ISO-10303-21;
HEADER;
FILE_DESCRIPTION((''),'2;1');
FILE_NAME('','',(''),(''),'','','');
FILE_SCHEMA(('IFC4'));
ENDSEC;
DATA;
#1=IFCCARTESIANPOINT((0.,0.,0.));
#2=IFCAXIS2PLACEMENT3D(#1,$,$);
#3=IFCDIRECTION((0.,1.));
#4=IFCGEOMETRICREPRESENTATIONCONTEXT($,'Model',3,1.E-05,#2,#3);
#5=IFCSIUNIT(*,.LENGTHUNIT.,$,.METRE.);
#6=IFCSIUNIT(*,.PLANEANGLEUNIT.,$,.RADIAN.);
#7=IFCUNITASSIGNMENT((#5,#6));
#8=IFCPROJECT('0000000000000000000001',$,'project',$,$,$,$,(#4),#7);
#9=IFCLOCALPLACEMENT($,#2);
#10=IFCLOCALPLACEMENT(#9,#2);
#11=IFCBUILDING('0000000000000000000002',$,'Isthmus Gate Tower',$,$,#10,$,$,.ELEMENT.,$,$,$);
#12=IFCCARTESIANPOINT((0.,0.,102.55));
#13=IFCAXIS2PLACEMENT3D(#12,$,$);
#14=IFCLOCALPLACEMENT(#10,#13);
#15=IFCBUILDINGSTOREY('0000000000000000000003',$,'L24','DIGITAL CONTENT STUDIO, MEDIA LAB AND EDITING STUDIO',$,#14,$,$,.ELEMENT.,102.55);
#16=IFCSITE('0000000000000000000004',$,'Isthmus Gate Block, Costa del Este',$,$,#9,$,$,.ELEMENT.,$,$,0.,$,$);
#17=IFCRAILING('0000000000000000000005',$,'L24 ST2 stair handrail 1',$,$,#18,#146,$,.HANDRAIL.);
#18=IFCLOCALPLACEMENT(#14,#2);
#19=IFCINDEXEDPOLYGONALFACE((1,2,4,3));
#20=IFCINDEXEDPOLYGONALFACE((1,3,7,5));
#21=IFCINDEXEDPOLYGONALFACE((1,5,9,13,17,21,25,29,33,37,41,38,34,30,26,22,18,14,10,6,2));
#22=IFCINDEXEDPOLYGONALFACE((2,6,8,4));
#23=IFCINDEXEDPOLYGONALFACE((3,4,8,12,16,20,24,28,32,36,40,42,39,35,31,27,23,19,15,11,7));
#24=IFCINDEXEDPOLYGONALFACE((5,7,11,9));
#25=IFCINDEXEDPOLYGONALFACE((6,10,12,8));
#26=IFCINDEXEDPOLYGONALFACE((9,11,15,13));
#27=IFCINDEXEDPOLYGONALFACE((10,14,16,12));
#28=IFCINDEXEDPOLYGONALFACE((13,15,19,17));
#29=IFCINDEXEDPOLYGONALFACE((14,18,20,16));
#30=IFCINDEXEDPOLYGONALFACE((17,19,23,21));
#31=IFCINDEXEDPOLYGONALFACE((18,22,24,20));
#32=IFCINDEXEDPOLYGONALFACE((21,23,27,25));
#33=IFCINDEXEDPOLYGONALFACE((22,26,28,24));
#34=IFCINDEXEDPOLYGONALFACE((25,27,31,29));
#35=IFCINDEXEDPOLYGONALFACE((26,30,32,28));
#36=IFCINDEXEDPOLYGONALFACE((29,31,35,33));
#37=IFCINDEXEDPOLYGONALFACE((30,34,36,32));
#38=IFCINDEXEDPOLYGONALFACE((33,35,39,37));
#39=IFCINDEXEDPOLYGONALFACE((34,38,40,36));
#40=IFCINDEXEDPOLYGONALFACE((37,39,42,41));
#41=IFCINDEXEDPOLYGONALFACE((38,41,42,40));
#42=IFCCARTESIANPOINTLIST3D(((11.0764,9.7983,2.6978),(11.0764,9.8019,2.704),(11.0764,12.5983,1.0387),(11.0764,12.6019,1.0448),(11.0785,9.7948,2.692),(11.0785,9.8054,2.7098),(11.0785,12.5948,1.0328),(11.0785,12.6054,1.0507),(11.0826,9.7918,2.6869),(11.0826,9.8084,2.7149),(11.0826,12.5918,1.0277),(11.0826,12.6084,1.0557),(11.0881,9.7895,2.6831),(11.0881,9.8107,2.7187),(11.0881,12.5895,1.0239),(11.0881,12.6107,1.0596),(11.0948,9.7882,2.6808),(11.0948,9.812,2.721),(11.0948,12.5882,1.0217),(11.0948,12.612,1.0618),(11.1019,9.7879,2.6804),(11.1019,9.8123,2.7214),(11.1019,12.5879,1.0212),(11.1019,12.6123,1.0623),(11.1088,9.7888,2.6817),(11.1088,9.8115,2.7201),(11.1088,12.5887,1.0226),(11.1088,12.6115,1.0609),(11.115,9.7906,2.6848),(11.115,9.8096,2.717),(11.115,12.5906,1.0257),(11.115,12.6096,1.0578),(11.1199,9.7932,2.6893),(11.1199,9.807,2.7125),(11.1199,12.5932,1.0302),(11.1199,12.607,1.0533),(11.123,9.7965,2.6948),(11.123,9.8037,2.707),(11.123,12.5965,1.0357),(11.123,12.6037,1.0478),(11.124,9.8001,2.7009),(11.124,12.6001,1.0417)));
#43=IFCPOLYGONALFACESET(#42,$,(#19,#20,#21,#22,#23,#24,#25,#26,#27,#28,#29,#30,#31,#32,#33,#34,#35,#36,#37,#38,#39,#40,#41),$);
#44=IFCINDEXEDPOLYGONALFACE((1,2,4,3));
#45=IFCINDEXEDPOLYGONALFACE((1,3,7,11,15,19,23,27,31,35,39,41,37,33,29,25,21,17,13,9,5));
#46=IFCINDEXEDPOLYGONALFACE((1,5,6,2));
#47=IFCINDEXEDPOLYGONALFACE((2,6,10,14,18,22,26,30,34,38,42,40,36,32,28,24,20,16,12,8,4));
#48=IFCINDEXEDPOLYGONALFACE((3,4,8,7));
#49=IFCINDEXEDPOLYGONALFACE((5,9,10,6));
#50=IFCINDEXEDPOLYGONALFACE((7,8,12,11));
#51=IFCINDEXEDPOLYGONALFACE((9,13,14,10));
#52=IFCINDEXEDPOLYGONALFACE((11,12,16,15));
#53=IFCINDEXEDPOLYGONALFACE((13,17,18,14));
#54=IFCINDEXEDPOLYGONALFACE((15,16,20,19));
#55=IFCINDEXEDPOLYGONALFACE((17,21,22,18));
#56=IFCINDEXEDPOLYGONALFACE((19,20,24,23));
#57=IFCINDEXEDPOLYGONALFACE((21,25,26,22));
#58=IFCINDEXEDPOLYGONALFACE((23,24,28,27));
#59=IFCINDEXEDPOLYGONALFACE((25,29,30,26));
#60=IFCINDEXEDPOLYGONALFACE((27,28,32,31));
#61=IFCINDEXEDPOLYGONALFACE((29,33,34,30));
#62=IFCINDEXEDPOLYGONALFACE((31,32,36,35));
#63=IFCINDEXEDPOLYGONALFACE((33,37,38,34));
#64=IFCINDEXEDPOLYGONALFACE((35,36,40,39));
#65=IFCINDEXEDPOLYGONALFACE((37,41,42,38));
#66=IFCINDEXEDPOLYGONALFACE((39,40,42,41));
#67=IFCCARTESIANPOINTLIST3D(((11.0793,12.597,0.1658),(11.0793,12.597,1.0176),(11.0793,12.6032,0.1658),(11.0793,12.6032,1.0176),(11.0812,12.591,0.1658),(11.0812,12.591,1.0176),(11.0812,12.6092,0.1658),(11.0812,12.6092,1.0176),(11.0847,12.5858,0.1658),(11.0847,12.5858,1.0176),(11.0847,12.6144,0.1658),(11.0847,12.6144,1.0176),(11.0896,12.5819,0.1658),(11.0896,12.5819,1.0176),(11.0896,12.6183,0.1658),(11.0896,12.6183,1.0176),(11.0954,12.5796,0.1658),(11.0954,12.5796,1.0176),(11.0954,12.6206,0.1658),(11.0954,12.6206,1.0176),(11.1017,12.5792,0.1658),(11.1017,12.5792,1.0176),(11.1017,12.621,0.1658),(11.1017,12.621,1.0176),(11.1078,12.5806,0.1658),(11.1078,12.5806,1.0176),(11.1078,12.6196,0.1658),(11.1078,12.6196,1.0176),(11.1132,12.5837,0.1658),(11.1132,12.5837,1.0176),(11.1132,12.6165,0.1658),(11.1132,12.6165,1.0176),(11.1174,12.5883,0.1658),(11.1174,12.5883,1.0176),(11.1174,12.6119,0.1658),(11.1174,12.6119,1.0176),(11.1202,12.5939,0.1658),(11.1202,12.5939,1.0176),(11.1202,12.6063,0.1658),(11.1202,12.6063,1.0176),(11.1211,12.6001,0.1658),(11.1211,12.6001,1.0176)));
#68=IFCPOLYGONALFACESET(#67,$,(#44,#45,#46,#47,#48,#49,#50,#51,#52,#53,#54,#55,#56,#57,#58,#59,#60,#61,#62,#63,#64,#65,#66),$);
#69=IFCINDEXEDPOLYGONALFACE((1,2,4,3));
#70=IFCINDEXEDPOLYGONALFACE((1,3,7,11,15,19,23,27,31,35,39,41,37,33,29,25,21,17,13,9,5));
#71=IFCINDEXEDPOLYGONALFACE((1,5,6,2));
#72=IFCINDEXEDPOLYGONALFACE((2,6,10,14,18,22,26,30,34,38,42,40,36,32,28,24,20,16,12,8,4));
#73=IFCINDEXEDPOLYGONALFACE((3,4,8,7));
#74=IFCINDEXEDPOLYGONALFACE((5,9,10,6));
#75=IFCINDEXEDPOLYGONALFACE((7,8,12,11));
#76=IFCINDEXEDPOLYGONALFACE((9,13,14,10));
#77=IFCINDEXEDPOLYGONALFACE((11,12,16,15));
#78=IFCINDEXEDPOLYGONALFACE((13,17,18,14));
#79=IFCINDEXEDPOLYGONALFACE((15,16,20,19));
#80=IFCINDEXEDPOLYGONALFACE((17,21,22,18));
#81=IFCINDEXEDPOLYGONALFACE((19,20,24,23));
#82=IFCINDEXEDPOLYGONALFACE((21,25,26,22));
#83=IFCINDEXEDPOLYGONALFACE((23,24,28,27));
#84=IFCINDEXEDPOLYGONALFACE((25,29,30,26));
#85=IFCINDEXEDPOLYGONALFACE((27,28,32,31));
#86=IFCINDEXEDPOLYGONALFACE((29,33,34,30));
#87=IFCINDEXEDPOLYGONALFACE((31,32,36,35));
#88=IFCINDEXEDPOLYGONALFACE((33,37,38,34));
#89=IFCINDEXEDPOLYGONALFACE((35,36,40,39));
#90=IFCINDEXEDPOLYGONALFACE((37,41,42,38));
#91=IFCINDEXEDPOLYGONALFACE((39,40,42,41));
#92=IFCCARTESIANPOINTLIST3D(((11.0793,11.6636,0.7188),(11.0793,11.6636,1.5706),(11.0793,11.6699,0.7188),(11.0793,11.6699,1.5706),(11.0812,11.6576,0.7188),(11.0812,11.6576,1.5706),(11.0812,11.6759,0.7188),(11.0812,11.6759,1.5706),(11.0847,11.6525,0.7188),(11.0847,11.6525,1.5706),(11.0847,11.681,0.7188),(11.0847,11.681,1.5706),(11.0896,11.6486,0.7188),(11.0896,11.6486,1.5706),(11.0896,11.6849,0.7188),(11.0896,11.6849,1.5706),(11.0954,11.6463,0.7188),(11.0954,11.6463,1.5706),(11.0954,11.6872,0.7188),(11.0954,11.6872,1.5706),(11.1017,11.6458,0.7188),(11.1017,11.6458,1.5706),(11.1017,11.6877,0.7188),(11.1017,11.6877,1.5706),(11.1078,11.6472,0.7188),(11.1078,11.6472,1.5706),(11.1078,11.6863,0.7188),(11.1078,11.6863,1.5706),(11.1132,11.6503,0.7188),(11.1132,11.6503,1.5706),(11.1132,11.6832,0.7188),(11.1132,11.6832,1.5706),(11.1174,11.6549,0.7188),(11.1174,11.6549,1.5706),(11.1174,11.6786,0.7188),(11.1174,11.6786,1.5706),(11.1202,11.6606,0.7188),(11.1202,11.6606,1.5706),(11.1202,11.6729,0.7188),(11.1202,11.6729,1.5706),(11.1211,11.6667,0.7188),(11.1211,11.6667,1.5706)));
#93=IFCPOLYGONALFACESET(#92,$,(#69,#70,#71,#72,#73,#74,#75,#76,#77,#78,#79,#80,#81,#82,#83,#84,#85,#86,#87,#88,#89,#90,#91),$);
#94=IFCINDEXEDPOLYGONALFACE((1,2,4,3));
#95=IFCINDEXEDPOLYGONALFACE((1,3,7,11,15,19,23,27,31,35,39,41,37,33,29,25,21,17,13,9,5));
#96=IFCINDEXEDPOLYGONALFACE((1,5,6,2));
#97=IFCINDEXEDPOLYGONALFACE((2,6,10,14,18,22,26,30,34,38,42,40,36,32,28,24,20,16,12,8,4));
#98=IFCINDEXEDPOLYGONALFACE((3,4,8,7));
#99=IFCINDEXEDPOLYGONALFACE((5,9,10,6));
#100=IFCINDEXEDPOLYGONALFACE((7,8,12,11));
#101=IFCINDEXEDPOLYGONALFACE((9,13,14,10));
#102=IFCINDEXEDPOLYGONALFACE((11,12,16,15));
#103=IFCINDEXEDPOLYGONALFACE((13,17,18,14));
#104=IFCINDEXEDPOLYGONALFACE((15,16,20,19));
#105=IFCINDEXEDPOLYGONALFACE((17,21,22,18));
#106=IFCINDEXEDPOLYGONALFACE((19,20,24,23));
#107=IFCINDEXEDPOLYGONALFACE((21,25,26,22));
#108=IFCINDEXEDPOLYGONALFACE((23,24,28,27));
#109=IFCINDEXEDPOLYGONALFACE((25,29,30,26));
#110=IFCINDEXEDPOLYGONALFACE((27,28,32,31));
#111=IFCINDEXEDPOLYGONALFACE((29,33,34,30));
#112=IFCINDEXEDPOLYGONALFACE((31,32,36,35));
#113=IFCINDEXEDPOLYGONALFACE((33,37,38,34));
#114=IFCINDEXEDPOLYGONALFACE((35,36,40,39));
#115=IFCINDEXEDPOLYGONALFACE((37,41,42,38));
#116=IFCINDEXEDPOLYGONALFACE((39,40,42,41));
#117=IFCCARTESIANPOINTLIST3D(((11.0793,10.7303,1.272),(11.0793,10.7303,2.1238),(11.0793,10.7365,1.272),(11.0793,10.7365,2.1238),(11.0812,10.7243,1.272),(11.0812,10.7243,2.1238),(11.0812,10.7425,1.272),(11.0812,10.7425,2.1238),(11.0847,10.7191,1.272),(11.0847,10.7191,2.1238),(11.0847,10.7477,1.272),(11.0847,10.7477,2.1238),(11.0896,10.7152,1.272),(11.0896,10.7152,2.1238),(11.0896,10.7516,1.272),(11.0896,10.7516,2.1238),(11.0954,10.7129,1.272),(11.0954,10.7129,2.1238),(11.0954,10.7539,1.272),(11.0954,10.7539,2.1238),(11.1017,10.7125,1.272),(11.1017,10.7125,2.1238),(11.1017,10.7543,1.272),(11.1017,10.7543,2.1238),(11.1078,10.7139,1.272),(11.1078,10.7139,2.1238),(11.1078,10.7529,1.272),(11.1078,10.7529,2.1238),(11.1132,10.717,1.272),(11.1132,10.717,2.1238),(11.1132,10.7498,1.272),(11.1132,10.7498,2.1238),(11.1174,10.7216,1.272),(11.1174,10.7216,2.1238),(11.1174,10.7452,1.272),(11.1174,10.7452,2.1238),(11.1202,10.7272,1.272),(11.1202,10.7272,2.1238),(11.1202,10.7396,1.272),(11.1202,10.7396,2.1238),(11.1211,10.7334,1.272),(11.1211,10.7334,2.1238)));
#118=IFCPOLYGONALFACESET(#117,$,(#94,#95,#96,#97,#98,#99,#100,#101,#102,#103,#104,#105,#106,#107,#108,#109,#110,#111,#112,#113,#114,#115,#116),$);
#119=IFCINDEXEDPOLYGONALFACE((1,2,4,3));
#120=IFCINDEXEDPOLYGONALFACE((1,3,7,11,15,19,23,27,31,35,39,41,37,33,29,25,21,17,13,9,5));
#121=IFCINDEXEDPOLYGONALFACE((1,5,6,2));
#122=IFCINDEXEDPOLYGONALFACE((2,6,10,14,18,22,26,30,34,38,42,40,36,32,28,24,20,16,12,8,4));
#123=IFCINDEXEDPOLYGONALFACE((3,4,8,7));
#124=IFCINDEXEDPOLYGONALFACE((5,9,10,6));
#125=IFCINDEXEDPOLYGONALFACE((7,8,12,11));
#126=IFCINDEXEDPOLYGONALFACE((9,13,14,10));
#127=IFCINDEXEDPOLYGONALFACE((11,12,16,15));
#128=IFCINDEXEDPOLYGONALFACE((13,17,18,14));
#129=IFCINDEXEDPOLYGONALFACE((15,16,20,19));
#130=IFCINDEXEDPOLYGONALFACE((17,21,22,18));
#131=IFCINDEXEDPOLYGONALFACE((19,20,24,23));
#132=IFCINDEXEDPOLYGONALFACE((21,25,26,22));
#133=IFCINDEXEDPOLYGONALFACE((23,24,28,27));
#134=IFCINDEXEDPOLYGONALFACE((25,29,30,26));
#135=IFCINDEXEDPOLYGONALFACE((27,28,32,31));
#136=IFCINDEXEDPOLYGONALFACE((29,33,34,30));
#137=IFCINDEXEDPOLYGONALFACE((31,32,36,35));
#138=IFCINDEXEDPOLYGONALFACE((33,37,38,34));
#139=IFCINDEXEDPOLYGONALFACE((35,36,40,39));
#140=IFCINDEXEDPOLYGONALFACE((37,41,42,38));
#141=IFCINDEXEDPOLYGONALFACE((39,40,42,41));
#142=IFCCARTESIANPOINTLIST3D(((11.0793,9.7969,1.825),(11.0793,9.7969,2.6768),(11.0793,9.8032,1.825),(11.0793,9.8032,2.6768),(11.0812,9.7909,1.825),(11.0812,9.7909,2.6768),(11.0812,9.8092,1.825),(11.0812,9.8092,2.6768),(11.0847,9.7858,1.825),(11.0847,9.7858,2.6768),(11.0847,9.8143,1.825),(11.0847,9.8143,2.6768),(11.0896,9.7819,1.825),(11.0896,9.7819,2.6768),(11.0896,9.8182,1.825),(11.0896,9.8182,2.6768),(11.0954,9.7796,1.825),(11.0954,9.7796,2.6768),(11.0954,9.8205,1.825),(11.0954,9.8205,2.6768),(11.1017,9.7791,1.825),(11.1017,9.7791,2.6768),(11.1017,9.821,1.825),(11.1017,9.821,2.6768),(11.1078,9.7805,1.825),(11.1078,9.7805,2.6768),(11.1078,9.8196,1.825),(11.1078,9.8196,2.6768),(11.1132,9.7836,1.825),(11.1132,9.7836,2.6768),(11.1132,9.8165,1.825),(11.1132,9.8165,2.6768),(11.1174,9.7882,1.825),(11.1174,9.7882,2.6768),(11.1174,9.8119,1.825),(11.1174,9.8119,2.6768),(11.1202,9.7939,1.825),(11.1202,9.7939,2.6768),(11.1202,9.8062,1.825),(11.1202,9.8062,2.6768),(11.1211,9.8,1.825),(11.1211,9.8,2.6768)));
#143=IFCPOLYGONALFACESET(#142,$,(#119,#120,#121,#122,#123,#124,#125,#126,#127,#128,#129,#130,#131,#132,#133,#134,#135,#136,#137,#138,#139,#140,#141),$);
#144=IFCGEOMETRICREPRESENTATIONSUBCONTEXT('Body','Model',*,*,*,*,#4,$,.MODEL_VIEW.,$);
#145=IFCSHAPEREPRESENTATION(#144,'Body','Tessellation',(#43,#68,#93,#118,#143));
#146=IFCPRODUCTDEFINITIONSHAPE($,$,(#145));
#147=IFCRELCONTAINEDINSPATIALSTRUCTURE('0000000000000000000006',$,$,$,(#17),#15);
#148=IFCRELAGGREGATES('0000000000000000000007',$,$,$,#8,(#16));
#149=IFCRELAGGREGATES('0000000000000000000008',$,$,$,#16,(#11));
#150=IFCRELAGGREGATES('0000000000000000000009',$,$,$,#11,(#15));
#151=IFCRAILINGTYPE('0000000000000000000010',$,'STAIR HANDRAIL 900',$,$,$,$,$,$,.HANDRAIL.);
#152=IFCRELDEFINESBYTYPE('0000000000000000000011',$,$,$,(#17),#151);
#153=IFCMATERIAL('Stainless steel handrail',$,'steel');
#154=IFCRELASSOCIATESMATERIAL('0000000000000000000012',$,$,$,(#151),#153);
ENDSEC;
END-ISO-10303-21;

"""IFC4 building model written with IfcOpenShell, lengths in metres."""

from ifc_helpers import new_model, si_unit, direction, frame, origin, origin_2d, place, context, subcontext, project, spatial, circle, extrude, material, type_object, element, save


model = new_model("IFC4")

# Units and contexts
model_context = context("Model", 3, precision=1e-05, world=origin(), true_north=direction((0.0, 1.0)))
body_context = subcontext(model_context, "Body", "Model", "MODEL_VIEW")
ifc_project = project(units=[si_unit("LENGTHUNIT", "METRE"), si_unit("PLANEANGLEUNIT", "RADIAN")], contexts=[model_context])

# Site, building, storey
site_placement = place(None, origin())
site = spatial("IfcSite", under=ifc_project, at=site_placement, Name="Isthmus Gate Block, Costa del Este", CompositionType="ELEMENT", RefElevation=0.0)
building_placement = place(site_placement, origin())
building = spatial("IfcBuilding", under=site, at=building_placement, Name="Isthmus Gate Tower", CompositionType="ELEMENT")
storey_placement = place(building_placement, frame((0.0, 0.0, 102.55)))
storey = spatial("IfcBuildingStorey", under=building, at=storey_placement, Name="L24", Description="DIGITAL CONTENT STUDIO, MEDIA LAB AND EDITING STUDIO", CompositionType="ELEMENT", Elevation=102.55)

# Railing
ifc_material_1 = material(Name="Stainless steel handrail", Category="steel")
railing_type_1 = type_object("IfcRailingType", Name="STAIR HANDRAIL 900", PredefinedType="HANDRAIL", material=ifc_material_1)
railing_1_placement = place(storey_placement, frame((11.1001, 12.6001, 0.1658)))
element("IfcRailing", 1, at=railing_1_placement, inside=storey, type_object=railing_type_1, Name="L24 ST2 stair handrail 1", PredefinedType="HANDRAIL", context=body_context, shape_type="SweptSolid", body=[
    extrude(circle(Radius=0.0239, at=origin_2d()), frame((0.0, 0.0, 0.876), z_axis=(0.0, -0.860306, 0.509778), x_axis=(1.0, 0.0, 0.0)), (0.0, 0.0, 1.0), 3.2546),
    extrude(circle(Radius=0.021, at=origin_2d()), origin(), (0.0, 0.0, 1.0), 0.8518),
    extrude(circle(Radius=0.021, at=origin_2d()), frame((0.0, -0.9333, 0.553)), (0.0, 0.0, 1.0), 0.8518),
    extrude(circle(Radius=0.021, at=origin_2d()), frame((0.0, -1.8667, 1.1062)), (0.0, 0.0, 1.0), 0.8518),
    extrude(circle(Radius=0.021, at=origin_2d()), frame((0.0, -2.8, 1.6592)), (0.0, 0.0, 1.0), 0.8518),
])

save(model, "model.ifc")
